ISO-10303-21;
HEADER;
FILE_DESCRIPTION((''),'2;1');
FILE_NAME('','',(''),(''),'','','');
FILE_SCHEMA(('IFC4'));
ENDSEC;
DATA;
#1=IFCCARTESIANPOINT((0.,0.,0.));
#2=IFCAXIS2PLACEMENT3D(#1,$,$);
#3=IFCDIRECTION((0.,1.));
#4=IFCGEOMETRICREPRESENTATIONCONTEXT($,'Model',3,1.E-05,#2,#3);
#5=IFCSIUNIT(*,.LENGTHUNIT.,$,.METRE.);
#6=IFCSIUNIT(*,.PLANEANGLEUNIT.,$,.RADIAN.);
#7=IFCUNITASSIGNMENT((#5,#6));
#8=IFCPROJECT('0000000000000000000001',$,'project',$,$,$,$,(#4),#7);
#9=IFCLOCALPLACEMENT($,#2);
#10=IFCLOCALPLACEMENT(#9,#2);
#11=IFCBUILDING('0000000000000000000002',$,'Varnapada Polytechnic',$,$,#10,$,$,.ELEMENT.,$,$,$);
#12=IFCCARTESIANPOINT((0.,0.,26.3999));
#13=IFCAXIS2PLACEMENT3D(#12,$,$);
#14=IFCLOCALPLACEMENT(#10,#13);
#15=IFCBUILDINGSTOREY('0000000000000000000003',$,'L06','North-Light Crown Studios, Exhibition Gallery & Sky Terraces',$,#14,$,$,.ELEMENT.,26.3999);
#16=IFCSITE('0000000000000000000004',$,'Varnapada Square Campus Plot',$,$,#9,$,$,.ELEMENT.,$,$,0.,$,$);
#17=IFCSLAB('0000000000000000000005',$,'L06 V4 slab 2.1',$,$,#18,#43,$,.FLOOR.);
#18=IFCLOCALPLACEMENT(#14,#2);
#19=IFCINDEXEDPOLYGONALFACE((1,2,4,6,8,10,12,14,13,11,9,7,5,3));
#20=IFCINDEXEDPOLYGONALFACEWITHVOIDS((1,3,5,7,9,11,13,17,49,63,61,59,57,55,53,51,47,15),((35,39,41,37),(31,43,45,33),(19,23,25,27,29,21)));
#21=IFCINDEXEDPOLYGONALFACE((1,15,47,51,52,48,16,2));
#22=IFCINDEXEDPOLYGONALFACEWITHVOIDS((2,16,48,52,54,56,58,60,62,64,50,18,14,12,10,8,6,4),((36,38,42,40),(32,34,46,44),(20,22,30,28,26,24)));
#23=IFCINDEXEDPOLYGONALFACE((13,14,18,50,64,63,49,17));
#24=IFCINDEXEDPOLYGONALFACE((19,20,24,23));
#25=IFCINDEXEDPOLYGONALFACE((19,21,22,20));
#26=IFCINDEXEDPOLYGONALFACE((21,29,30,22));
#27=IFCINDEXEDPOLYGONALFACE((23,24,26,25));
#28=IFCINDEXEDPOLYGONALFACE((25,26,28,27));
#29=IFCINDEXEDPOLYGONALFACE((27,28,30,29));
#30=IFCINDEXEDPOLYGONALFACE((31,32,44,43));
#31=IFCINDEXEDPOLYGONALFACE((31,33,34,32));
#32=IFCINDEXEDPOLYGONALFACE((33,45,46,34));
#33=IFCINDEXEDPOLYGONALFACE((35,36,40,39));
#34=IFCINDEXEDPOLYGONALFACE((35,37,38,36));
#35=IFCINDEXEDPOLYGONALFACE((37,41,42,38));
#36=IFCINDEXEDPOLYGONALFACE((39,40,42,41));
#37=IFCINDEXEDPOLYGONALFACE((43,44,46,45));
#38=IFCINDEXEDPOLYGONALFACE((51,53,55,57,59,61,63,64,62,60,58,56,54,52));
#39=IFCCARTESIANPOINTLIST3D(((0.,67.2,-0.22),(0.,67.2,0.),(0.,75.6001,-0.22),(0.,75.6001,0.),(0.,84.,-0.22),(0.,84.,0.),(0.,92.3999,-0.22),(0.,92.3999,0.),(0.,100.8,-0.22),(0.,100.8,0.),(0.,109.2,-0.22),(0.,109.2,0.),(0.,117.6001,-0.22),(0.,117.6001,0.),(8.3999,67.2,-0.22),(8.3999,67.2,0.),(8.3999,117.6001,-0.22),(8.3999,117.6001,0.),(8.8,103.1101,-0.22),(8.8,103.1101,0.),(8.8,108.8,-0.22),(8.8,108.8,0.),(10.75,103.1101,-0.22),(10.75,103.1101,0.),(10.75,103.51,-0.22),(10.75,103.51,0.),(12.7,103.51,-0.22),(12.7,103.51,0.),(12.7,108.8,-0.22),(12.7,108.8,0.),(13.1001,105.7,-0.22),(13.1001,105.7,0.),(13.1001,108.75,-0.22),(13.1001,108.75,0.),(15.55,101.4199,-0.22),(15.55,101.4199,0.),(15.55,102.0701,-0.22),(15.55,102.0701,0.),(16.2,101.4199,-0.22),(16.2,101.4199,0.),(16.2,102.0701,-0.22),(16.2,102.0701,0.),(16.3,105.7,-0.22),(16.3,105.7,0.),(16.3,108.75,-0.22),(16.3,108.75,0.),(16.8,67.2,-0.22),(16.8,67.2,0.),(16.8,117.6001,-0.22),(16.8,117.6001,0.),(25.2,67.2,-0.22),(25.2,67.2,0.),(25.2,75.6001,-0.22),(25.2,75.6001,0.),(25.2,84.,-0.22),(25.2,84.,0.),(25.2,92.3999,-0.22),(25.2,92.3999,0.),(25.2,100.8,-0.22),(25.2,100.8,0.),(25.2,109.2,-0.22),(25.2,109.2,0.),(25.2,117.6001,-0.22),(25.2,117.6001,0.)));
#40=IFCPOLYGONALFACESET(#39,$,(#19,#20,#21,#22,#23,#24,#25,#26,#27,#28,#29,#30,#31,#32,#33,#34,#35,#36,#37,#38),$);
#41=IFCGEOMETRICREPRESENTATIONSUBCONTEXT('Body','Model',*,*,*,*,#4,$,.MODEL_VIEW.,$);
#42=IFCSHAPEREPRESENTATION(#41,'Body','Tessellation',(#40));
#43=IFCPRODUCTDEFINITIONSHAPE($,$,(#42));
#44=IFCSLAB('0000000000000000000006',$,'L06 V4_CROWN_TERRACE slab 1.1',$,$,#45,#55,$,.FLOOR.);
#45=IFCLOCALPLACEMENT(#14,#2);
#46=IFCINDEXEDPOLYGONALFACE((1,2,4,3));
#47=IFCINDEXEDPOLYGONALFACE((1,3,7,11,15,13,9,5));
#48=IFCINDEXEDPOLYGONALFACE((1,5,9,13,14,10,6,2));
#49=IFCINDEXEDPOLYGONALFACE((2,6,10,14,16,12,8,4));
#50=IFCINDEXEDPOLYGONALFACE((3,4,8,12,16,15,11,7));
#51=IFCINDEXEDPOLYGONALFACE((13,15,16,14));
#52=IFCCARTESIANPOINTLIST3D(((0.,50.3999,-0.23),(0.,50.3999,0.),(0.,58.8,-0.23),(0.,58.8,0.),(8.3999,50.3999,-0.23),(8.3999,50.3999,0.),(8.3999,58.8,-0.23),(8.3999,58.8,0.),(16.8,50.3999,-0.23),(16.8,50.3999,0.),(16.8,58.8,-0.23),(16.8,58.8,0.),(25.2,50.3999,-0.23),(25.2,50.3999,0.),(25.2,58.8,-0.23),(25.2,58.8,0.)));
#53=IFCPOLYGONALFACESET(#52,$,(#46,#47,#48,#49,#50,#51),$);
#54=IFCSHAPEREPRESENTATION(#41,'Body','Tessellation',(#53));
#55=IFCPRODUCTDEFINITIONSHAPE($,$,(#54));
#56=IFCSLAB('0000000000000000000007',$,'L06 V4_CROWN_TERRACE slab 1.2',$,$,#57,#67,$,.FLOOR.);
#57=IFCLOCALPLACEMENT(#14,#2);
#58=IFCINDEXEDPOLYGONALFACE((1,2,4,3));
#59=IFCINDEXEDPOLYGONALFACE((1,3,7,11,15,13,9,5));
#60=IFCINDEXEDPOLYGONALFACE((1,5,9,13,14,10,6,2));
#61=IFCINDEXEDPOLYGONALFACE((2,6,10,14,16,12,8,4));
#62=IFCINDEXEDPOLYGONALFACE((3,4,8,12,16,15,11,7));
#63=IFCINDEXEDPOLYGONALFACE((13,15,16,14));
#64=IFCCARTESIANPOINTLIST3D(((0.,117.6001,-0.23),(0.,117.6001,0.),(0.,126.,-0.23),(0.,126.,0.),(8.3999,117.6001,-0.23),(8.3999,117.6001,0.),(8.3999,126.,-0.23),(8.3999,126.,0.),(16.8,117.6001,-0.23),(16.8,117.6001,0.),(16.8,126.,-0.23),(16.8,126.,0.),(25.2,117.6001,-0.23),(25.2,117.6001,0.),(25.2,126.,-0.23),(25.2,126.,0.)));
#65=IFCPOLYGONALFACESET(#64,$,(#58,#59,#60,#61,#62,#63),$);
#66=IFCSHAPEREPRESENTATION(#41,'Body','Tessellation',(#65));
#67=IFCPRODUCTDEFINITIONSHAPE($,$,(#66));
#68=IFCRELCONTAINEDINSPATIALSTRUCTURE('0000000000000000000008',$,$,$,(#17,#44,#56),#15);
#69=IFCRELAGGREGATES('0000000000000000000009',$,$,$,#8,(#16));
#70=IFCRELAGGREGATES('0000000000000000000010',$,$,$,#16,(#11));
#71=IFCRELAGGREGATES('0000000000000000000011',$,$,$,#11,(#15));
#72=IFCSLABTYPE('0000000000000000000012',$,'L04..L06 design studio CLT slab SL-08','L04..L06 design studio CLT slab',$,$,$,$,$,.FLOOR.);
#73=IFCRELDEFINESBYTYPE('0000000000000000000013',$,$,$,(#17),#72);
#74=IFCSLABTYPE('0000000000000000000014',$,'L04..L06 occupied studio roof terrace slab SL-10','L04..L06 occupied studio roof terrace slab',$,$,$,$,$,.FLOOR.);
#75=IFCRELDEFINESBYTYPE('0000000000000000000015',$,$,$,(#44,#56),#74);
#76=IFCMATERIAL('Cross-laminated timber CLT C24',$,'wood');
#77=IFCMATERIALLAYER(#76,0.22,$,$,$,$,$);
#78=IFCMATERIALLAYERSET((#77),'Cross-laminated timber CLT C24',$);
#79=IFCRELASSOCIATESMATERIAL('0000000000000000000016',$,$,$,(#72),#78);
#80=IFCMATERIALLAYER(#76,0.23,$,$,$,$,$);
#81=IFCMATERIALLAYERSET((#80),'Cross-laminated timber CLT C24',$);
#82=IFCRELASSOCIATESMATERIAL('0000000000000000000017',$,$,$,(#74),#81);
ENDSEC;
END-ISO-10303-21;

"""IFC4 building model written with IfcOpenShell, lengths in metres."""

from ifc_helpers import new_model, si_unit, direction, frame, origin, place, context, subcontext, project, spatial, polyline, outline, extrude, material, layer, layer_set, type_object, element, save


model = new_model("IFC4")

# Units and contexts
model_context = context("Model", 3, precision=1e-05, world=origin(), true_north=direction((0.0, 1.0)))
body_context = subcontext(model_context, "Body", "Model", "MODEL_VIEW")
ifc_project = project(units=[si_unit("LENGTHUNIT", "METRE"), si_unit("PLANEANGLEUNIT", "RADIAN")], contexts=[model_context])

# Site, building, storey
site_placement = place(None, origin())
site = spatial("IfcSite", under=ifc_project, at=site_placement, Name="Varnapada Square Campus Plot", CompositionType="ELEMENT", RefElevation=0.0)
building_placement = place(site_placement, origin())
building = spatial("IfcBuilding", under=site, at=building_placement, Name="Varnapada Polytechnic", CompositionType="ELEMENT")
storey_placement = place(building_placement, frame((0.0, 0.0, 26.3999)))
storey = spatial("IfcBuildingStorey", under=building, at=storey_placement, Name="L06", Description="North-Light Crown Studios, Exhibition Gallery & Sky Terraces", CompositionType="ELEMENT", Elevation=26.3999)

# Slabs
ifc_material_1 = material(Name="Cross-laminated timber CLT C24", Category="wood")
ifc_layer_1 = layer(ifc_material_1, 0.22)
ifc_layer_set_1 = layer_set([ifc_layer_1], Name="Cross-laminated timber CLT C24")
slab_type_1 = type_object("IfcSlabType", Name="L04..L06 design studio CLT slab SL-08", Description="L04..L06 design studio CLT slab", PredefinedType="FLOOR", material=ifc_layer_set_1)
slab_1_placement = place(storey_placement, frame((0.0, 0.0, -0.22)))
element("IfcSlab", 1, at=slab_1_placement, inside=storey, type_object=slab_type_1, Name="L06 V4 slab 2.1", PredefinedType="FLOOR", context=body_context, shape_type="SweptSolid", body=[
    extrude(outline(polyline([(0.0, 84.0), (0.0, 92.3999), (0.0, 100.8), (0.0, 109.2), (0.0, 117.6001), (8.3999, 117.6001), (16.8, 117.6001), (25.2, 117.6001), (25.2, 109.2), (25.2, 100.8), (25.2, 92.3999), (25.2, 84.0), (25.2, 75.6001), (25.2, 67.2), (16.8, 67.2), (8.3999, 67.2), (0.0, 67.2), (0.0, 75.6001), (0.0, 84.0)]), holes=[polyline([(8.8, 103.1101), (10.75, 103.1101), (10.75, 103.51), (12.7, 103.51), (12.7, 108.8), (8.8, 108.8), (8.8, 103.1101)]), polyline([(13.1001, 105.7), (16.3, 105.7), (16.3, 108.75), (13.1001, 108.75), (13.1001, 105.7)]), polyline([(15.55, 101.4199), (16.2, 101.4199), (16.2, 102.0701), (15.55, 102.0701), (15.55, 101.4199)])]), origin(), (0.0, 0.0, 1.0), 0.22),
])
ifc_layer_2 = layer(ifc_material_1, 0.23)
ifc_layer_set_2 = layer_set([ifc_layer_2], Name="Cross-laminated timber CLT C24")
slab_type_2 = type_object("IfcSlabType", Name="L04..L06 occupied studio roof terrace slab SL-10", Description="L04..L06 occupied studio roof terrace slab", PredefinedType="FLOOR", material=ifc_layer_set_2)
slab_2_placement = place(storey_placement, frame((0.0, 0.0, -0.23)))
element("IfcSlab", 2, at=slab_2_placement, inside=storey, type_object=slab_type_2, Name="L06 V4_CROWN_TERRACE slab 1.1", PredefinedType="FLOOR", context=body_context, shape_type="SweptSolid", body=[
    extrude(outline(polyline([(0.0, 58.8), (8.3999, 58.8), (16.8, 58.8), (25.2, 58.8), (25.2, 50.3999), (16.8, 50.3999), (8.3999, 50.3999), (0.0, 50.3999), (0.0, 58.8)])), origin(), (0.0, 0.0, 1.0), 0.23),
])
slab_3_placement = place(storey_placement, frame((0.0, 0.0, -0.23)))
element("IfcSlab", 3, at=slab_3_placement, inside=storey, type_object=slab_type_2, Name="L06 V4_CROWN_TERRACE slab 1.2", PredefinedType="FLOOR", context=body_context, shape_type="SweptSolid", body=[
    extrude(outline(polyline([(0.0, 126.0), (8.3999, 126.0), (16.8, 126.0), (25.2, 126.0), (25.2, 117.6001), (16.8, 117.6001), (8.3999, 117.6001), (0.0, 117.6001), (0.0, 126.0)])), origin(), (0.0, 0.0, 1.0), 0.23),
])

save(model, "model.ifc")
